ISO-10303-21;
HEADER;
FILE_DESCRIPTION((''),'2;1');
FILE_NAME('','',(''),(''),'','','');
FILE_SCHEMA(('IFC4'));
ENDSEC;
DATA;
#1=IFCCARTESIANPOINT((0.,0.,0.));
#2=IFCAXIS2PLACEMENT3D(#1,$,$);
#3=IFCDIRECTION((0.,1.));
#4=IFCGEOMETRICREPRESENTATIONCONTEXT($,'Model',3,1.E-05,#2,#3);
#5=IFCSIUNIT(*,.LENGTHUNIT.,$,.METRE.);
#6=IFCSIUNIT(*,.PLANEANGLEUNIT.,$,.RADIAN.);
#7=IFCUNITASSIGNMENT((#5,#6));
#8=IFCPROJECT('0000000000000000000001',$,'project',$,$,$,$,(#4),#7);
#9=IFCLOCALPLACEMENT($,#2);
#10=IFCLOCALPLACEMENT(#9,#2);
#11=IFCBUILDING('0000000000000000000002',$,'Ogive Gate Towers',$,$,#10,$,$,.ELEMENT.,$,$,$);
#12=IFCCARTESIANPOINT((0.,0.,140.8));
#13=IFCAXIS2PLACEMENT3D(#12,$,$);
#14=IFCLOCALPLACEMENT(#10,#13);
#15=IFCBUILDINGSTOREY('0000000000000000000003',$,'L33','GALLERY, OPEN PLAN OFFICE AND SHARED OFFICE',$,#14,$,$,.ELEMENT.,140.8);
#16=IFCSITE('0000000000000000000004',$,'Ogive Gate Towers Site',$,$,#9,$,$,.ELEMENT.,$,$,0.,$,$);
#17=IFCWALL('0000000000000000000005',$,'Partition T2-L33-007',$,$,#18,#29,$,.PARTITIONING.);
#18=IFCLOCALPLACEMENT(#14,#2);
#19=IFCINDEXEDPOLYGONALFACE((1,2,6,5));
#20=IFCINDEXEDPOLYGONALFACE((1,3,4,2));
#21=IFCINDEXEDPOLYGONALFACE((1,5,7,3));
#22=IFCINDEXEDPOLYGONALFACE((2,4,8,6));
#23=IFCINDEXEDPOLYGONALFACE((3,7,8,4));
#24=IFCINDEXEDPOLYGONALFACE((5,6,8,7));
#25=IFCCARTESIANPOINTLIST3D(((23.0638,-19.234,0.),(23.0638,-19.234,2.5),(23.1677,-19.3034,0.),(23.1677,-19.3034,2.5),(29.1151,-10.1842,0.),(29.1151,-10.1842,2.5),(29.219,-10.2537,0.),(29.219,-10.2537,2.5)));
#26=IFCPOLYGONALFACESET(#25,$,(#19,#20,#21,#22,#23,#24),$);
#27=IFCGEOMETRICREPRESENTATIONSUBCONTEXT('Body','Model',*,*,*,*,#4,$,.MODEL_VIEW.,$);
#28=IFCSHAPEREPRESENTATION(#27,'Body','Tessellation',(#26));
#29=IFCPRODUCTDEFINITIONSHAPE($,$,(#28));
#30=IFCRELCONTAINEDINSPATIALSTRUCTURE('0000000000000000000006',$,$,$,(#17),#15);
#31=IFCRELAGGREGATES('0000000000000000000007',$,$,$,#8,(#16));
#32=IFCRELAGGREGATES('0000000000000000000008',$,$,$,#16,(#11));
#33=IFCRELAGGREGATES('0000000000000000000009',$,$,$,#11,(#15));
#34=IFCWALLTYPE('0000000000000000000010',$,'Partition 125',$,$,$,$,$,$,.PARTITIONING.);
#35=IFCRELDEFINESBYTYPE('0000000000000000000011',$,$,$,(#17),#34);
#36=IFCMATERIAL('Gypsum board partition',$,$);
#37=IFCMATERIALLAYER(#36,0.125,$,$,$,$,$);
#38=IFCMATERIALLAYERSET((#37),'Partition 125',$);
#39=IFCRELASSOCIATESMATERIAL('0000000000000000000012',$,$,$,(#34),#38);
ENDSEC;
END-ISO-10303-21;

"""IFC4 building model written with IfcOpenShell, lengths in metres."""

from ifc_helpers import new_model, si_unit, direction, frame, frame_2d, origin, place, context, subcontext, project, spatial, rectangle, extrude, material, layer, layer_set, type_object, element, save


model = new_model("IFC4")

# Units and contexts
model_context = context("Model", 3, precision=1e-05, world=origin(), true_north=direction((0.0, 1.0)))
body_context = subcontext(model_context, "Body", "Model", "MODEL_VIEW")
ifc_project = project(units=[si_unit("LENGTHUNIT", "METRE"), si_unit("PLANEANGLEUNIT", "RADIAN")], contexts=[model_context])

# Site, building, storey
site_placement = place(None, origin())
site = spatial("IfcSite", under=ifc_project, at=site_placement, Name="Ogive Gate Towers Site", CompositionType="ELEMENT", RefElevation=0.0)
building_placement = place(site_placement, origin())
building = spatial("IfcBuilding", under=site, at=building_placement, Name="Ogive Gate Towers", CompositionType="ELEMENT")
storey_placement = place(building_placement, frame((0.0, 0.0, 140.8)))
storey = spatial("IfcBuildingStorey", under=building, at=storey_placement, Name="L33", Description="GALLERY, OPEN PLAN OFFICE AND SHARED OFFICE", CompositionType="ELEMENT", Elevation=140.8)

# Wall
ifc_material_1 = material(Name="Gypsum board partition")
ifc_layer_1 = layer(ifc_material_1, 0.125)
ifc_layer_set_1 = layer_set([ifc_layer_1], Name="Partition 125")
wall_type = type_object("IfcWallType", Name="Partition 125", PredefinedType="PARTITIONING", material=ifc_layer_set_1)
wall_placement = place(storey_placement, frame((23.1157, -19.2688, 0.0), z_axis=(0.0, 0.0, 1.0), x_axis=(0.555849, 0.831284, 0.0)))
element("IfcWall", 1, at=wall_placement, inside=storey, type_object=wall_type, Name="Partition T2-L33-007", PredefinedType="PARTITIONING", context=body_context, shape_type="SweptSolid", body=[
    extrude(rectangle(XDim=10.8865, YDim=0.125, at=frame_2d((5.4434, 0.0))), origin(), (0.0, 0.0, 1.0), 2.5),
])

save(model, "model.ifc")
